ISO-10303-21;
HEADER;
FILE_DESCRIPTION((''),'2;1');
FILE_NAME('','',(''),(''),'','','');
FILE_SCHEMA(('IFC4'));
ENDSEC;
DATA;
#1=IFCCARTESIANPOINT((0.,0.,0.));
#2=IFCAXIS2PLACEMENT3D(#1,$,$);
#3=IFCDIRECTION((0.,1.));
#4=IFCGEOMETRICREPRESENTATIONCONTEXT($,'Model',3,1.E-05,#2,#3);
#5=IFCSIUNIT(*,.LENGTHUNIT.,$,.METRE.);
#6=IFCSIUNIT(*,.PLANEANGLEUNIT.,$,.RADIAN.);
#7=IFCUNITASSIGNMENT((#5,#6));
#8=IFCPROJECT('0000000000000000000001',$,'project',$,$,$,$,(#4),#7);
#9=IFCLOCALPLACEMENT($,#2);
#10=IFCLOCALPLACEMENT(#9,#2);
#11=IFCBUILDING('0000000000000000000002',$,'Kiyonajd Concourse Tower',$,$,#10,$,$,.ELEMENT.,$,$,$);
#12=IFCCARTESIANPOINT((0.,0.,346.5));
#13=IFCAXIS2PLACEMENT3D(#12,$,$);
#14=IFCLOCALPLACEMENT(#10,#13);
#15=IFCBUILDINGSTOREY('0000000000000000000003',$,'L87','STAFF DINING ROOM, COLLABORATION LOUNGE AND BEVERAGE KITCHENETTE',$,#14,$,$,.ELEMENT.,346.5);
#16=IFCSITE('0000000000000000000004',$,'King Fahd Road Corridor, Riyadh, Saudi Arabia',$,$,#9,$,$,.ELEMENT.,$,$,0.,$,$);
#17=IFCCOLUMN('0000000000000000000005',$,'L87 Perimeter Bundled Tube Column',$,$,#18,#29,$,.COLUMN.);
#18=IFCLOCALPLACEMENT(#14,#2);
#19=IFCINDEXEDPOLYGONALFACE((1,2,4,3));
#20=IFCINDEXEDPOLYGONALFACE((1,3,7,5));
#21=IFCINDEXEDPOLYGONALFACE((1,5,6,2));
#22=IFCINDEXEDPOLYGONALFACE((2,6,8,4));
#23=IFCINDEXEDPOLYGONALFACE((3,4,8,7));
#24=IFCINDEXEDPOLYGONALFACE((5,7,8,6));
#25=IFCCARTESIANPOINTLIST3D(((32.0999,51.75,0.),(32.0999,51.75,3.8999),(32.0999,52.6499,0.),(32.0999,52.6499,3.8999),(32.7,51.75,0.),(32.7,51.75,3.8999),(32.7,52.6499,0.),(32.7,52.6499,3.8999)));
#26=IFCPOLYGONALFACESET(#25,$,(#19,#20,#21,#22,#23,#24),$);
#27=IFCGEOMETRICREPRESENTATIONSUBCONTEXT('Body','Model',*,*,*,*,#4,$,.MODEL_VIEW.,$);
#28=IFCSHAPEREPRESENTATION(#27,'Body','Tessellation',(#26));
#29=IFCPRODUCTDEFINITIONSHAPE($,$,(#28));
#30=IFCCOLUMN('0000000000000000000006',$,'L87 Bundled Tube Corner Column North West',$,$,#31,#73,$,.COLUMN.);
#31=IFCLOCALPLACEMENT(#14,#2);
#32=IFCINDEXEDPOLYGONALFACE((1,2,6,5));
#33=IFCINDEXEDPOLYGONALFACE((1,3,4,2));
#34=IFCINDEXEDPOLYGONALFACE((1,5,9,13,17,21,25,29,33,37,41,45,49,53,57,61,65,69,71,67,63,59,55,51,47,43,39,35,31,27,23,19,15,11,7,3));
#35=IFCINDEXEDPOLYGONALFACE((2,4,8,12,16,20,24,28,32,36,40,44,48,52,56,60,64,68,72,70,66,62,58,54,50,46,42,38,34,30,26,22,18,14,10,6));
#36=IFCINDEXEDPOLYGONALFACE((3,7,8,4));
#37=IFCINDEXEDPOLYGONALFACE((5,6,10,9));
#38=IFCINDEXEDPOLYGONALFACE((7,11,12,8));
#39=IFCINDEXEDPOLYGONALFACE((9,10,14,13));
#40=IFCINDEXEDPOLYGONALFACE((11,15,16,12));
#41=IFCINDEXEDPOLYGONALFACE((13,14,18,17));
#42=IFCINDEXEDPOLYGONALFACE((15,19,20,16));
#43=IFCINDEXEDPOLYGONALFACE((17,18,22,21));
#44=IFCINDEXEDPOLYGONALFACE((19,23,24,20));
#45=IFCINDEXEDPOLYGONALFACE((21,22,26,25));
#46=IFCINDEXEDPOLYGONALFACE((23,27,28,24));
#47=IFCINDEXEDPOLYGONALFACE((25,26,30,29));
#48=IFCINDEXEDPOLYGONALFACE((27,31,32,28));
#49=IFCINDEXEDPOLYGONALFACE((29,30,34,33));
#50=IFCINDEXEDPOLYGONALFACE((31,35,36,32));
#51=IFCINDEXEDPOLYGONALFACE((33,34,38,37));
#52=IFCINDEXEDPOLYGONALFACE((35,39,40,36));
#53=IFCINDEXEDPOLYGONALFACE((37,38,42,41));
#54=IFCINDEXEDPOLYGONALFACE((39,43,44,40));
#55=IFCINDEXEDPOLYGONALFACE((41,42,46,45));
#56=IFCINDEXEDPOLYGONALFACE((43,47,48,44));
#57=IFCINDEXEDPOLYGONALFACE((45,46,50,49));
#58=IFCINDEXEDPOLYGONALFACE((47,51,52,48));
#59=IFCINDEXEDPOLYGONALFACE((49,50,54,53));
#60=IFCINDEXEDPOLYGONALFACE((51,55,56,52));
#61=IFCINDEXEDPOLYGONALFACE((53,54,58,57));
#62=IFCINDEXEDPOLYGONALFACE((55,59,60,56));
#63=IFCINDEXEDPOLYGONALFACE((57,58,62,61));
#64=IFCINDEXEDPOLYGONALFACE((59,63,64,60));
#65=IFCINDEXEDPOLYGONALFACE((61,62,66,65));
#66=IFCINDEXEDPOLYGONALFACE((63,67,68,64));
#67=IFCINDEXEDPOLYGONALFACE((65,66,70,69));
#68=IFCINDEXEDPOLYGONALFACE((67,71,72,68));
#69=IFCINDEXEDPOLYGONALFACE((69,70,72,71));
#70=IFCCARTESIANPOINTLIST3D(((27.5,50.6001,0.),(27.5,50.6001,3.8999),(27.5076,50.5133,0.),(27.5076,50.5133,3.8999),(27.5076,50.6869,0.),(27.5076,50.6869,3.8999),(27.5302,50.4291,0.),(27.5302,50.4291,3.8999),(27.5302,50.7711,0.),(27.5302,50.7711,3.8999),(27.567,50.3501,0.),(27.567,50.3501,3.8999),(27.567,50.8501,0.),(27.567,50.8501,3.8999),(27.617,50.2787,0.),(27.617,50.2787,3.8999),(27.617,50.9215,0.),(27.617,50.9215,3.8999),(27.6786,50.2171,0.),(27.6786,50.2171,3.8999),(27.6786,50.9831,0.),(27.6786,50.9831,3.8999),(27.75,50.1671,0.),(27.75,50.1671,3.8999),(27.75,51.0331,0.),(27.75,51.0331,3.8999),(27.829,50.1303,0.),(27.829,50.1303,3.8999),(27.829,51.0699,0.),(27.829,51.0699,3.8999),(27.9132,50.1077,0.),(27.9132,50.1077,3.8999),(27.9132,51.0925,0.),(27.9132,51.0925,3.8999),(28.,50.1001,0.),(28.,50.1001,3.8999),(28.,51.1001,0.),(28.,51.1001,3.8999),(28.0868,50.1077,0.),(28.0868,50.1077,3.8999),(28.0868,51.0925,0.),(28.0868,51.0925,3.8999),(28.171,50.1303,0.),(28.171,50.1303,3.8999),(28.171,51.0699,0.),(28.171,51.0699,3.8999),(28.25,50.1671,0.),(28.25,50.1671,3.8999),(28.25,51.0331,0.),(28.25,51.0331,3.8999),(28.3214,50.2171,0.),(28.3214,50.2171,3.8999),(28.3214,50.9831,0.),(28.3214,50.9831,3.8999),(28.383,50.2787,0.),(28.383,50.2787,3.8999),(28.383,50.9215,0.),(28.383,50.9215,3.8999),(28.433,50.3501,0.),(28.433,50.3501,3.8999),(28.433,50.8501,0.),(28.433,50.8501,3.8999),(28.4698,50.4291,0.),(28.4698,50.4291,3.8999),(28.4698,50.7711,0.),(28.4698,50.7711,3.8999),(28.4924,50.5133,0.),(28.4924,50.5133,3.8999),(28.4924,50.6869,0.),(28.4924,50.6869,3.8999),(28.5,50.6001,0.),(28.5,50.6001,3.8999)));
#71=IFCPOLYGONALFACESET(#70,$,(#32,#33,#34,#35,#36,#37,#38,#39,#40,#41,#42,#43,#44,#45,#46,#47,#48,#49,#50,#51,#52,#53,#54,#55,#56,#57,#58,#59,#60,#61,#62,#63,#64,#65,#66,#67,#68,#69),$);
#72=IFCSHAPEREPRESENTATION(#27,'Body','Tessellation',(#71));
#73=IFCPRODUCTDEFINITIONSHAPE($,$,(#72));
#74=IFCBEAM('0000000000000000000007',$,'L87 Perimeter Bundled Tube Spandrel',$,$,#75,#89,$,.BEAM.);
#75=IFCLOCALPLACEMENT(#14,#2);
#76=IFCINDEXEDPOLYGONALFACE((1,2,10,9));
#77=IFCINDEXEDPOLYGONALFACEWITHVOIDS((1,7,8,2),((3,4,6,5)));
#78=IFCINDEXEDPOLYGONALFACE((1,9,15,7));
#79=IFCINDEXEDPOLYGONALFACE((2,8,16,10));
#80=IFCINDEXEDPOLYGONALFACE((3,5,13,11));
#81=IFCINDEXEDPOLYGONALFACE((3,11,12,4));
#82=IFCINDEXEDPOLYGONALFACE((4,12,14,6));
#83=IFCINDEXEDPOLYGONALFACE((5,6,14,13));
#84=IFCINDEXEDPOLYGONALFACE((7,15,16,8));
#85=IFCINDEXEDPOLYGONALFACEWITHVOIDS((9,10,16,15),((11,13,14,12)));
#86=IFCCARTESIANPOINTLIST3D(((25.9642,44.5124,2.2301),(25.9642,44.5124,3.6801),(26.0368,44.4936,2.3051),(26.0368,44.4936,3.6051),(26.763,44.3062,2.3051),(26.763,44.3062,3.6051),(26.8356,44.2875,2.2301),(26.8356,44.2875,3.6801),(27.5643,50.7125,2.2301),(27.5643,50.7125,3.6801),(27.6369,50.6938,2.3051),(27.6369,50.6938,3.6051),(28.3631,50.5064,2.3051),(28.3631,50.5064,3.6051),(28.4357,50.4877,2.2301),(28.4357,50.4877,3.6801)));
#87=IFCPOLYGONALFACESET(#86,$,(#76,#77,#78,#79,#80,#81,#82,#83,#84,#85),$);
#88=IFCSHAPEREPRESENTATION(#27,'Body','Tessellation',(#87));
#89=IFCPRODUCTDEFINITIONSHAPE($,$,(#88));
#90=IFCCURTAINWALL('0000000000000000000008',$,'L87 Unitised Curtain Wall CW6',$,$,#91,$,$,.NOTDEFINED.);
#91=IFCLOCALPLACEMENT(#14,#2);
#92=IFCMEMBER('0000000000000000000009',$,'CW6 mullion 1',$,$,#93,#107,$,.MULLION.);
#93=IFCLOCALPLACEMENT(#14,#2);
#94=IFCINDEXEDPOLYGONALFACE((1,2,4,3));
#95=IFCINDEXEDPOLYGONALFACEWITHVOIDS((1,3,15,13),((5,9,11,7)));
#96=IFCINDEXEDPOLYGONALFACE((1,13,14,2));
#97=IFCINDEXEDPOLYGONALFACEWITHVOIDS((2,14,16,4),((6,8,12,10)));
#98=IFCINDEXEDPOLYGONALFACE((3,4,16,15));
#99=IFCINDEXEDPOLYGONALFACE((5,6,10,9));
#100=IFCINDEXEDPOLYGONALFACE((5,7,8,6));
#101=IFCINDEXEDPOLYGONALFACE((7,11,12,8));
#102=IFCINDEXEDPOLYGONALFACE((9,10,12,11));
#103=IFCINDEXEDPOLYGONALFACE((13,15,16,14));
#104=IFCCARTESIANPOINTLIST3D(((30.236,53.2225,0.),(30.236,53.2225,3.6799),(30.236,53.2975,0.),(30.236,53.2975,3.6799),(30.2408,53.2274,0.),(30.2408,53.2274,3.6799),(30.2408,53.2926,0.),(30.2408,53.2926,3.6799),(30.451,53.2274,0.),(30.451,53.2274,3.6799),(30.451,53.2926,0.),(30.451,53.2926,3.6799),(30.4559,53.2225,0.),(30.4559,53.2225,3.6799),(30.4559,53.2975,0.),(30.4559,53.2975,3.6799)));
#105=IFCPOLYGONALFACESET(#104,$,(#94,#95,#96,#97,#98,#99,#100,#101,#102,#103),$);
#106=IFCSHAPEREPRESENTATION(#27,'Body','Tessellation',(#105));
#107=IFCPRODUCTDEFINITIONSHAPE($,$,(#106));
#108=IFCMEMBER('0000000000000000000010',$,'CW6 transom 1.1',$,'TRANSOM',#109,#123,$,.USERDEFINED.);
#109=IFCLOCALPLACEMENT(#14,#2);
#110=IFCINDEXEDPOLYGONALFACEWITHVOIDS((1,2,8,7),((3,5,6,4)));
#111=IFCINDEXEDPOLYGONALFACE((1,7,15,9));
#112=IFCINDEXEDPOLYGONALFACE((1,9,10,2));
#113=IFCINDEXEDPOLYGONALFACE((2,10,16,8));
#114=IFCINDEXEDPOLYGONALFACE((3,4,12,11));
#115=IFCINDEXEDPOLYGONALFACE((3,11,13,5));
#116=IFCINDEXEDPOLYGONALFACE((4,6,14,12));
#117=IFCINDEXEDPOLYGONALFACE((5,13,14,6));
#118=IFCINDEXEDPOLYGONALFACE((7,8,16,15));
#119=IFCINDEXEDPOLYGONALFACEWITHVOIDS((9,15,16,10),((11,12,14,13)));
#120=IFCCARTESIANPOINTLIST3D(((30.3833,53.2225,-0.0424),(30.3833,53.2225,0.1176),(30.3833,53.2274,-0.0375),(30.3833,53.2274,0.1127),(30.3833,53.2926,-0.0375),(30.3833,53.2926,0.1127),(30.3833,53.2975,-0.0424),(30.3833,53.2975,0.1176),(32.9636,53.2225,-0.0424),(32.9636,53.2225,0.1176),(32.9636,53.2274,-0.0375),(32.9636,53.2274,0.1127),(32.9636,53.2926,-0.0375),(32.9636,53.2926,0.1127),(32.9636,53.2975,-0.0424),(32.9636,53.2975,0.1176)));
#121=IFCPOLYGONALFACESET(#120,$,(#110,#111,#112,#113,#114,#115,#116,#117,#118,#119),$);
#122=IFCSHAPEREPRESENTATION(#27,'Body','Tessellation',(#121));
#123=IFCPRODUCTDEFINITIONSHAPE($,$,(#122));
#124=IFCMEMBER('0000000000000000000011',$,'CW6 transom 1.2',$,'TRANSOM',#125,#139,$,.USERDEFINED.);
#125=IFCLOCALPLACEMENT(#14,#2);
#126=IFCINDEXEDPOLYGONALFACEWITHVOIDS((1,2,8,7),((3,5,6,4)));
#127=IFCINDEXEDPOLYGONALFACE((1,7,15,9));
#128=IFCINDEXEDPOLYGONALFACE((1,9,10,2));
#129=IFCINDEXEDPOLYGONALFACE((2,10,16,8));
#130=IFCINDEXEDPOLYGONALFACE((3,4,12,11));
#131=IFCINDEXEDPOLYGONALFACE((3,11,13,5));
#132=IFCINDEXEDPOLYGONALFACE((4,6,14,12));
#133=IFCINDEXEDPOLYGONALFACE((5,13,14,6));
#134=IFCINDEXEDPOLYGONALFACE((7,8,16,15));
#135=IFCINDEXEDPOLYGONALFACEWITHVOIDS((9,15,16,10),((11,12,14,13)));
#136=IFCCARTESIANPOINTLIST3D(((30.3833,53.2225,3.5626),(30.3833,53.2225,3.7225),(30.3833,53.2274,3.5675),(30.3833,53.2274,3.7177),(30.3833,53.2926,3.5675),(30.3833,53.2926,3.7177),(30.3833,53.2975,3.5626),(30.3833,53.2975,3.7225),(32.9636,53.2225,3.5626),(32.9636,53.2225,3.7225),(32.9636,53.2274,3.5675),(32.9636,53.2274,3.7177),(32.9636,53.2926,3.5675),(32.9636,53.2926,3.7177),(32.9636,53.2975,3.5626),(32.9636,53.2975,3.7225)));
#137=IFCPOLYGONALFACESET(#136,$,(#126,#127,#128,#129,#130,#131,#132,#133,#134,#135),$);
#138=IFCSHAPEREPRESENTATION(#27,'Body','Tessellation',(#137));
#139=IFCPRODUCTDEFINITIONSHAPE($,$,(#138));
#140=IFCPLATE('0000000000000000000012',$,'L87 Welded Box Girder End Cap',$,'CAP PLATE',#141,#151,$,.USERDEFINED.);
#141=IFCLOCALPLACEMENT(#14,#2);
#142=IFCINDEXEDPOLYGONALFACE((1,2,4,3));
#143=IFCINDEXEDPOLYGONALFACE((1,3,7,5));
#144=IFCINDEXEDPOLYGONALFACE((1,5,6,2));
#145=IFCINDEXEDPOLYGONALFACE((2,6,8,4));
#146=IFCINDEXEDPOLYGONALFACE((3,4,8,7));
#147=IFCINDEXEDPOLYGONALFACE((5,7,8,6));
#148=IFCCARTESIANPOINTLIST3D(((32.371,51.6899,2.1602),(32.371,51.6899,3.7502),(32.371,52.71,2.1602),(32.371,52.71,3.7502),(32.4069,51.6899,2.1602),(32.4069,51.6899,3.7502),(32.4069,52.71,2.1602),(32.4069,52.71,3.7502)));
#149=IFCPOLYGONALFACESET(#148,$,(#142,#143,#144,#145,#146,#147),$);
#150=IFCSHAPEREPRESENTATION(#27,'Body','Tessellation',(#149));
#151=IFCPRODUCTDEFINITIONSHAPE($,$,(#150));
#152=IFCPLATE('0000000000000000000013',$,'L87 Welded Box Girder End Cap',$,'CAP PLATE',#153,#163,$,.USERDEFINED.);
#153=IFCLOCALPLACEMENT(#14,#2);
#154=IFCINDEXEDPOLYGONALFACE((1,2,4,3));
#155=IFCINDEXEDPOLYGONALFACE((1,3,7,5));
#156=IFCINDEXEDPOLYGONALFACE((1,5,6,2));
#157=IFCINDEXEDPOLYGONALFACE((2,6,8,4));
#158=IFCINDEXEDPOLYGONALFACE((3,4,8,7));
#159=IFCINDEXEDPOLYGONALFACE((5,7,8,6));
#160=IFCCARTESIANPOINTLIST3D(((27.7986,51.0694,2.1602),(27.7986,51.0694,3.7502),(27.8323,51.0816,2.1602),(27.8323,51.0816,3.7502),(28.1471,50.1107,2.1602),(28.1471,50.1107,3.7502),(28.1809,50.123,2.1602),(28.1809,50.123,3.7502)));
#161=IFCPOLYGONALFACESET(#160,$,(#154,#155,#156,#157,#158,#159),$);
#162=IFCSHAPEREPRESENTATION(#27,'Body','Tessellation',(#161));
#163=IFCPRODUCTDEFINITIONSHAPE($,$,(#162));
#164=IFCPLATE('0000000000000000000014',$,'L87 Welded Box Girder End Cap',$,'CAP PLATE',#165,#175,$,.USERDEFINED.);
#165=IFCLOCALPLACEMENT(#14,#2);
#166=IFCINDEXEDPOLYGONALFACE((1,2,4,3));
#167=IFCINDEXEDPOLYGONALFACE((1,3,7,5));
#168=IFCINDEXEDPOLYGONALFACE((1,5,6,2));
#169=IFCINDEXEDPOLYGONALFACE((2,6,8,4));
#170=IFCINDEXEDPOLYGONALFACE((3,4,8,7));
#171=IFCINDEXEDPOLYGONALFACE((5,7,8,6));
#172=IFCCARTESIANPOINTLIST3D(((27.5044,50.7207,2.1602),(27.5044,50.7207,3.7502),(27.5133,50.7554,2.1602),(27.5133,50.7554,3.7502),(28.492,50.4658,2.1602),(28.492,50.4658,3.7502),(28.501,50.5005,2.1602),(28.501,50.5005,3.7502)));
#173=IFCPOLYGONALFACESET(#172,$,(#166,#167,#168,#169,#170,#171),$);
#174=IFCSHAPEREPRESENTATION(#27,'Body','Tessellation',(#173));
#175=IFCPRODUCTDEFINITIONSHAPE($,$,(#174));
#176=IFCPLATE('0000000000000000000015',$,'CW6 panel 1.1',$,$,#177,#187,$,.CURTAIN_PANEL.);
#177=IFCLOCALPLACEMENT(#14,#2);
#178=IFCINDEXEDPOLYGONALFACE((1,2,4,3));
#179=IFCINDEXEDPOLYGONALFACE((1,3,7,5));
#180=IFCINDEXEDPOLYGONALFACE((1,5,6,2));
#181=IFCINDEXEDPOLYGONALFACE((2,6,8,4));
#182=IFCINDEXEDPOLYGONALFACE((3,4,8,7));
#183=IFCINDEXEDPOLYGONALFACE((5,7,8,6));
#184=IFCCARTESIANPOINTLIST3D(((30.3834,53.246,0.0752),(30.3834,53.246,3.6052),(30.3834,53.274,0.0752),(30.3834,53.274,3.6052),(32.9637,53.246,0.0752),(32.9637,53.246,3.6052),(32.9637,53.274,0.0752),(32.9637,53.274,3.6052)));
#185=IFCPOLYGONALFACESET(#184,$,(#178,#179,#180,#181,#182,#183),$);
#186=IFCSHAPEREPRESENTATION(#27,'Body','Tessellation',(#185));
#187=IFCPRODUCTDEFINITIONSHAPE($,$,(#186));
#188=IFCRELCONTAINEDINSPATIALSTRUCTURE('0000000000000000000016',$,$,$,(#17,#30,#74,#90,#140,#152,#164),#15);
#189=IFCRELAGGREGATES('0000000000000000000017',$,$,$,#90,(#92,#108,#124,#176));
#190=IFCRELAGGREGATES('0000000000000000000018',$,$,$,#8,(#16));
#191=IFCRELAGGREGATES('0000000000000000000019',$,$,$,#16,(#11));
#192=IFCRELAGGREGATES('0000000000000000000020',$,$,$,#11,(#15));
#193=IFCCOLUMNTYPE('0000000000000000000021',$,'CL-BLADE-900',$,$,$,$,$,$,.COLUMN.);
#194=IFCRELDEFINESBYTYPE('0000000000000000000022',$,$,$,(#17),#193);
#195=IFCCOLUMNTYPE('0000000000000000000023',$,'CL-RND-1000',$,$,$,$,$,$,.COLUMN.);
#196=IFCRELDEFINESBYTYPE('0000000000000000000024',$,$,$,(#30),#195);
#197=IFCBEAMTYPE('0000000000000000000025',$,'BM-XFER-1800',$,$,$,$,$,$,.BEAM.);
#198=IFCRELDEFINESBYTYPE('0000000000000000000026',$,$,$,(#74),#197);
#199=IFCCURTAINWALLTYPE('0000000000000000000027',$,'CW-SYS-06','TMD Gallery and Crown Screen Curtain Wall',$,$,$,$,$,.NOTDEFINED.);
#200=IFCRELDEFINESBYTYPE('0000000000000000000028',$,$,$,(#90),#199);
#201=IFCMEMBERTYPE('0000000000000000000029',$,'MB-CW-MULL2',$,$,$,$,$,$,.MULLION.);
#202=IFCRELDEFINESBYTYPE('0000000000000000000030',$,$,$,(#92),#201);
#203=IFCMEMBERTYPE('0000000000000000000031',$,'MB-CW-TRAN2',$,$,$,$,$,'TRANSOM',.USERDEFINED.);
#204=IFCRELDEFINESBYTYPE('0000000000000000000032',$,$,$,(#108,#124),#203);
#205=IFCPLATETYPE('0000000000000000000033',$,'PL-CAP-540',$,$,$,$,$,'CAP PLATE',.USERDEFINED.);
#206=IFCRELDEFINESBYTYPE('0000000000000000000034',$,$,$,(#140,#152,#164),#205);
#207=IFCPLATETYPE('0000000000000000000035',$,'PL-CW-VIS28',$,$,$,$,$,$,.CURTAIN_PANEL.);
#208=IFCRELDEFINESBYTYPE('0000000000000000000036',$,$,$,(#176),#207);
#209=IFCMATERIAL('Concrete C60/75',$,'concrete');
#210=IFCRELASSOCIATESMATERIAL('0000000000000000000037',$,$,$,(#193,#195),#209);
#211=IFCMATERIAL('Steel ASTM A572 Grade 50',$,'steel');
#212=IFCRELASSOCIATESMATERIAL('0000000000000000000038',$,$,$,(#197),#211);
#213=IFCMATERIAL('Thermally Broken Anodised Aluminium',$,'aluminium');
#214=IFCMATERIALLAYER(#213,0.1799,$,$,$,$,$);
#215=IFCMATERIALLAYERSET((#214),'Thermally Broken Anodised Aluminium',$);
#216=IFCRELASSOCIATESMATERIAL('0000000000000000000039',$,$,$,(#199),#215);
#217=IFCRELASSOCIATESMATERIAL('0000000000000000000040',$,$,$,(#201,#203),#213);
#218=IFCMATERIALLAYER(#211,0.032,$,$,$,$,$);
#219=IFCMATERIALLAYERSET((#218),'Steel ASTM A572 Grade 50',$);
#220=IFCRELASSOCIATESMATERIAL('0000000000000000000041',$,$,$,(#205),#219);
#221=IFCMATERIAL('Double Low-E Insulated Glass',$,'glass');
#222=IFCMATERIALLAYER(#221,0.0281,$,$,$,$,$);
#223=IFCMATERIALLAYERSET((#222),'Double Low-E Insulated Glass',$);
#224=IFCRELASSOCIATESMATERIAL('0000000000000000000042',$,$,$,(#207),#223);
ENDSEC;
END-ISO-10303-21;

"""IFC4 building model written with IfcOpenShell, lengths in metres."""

from ifc_helpers import new_model, si_unit, direction, frame, origin, origin_2d, place, context, subcontext, project, spatial, rectangle, hollow_rectangle, circle, extrude, material, layer, layer_set, material_profile, profile_set, type_object, element, aggregate, save


model = new_model("IFC4")

# Units and contexts
model_context = context("Model", 3, precision=1e-05, world=origin(), true_north=direction((0.0, 1.0)))
body_context = subcontext(model_context, "Body", "Model", "MODEL_VIEW")
ifc_project = project(units=[si_unit("LENGTHUNIT", "METRE"), si_unit("PLANEANGLEUNIT", "RADIAN")], contexts=[model_context])

# Site, building, storey
site_placement = place(None, origin())
site = spatial("IfcSite", under=ifc_project, at=site_placement, Name="King Fahd Road Corridor, Riyadh, Saudi Arabia", CompositionType="ELEMENT", RefElevation=0.0)
building_placement = place(site_placement, origin())
building = spatial("IfcBuilding", under=site, at=building_placement, Name="Kiyonajd Concourse Tower", CompositionType="ELEMENT")
storey_placement = place(building_placement, frame((0.0, 0.0, 346.5)))
storey = spatial("IfcBuildingStorey", under=building, at=storey_placement, Name="L87", Description="STAFF DINING ROOM, COLLABORATION LOUNGE AND BEVERAGE KITCHENETTE", CompositionType="ELEMENT", Elevation=346.5)

# Columns
ifc_material_1 = material(Name="Concrete C60/75", Category="concrete")
ifc_material_profile_1 = material_profile(ifc_material_1, rectangle(XDim=0.6001, YDim=0.8999, at=origin_2d()), Name="RC-900x600")
ifc_profile_set_1 = profile_set([ifc_material_profile_1], Name="Concrete C60/75")
column_type_1 = type_object("IfcColumnType", Name="CL-BLADE-900", PredefinedType="COLUMN", material=ifc_profile_set_1)
column_1_placement = place(storey_placement, frame((32.3999, 52.2, 0.0), z_axis=(0.0, 0.0, 1.0), x_axis=(1.0, 0.0, 0.0)))
element("IfcColumn", 1, at=column_1_placement, inside=storey, type_object=column_type_1, Name="L87 Perimeter Bundled Tube Column", PredefinedType="COLUMN", context=body_context, shape_type="SweptSolid", body=[
    extrude(rectangle(XDim=0.6001, YDim=0.8999, at=origin_2d()), origin(), (0.0, 0.0, 1.0), 3.8999),
])
ifc_material_profile_2 = material_profile(ifc_material_1, circle(Radius=0.5, at=origin_2d()), Name="RCC-D1000")
ifc_profile_set_2 = profile_set([ifc_material_profile_2], Name="Concrete C60/75")
column_type_2 = type_object("IfcColumnType", Name="CL-RND-1000", PredefinedType="COLUMN", material=ifc_profile_set_2)
column_2_placement = place(storey_placement, frame((28.0, 50.6001, 0.0), z_axis=(0.0, 0.0, 1.0), x_axis=(1.0, 0.0, 0.0)))
element("IfcColumn", 2, at=column_2_placement, inside=storey, type_object=column_type_2, Name="L87 Bundled Tube Corner Column North West", PredefinedType="COLUMN", context=body_context, shape_type="SweptSolid", body=[
    extrude(circle(Radius=0.5, at=origin_2d()), origin(), (0.0, 0.0, 1.0), 3.8999),
])

# Beam
ifc_material_2 = material(Name="Steel ASTM A572 Grade 50", Category="steel")
ifc_material_profile_3 = material_profile(ifc_material_2, hollow_rectangle(XDim=0.8999, YDim=1.45, WallThickness=0.075, at=origin_2d()), Name="BOX-1450x900x75")
ifc_profile_set_3 = profile_set([ifc_material_profile_3], Name="Steel ASTM A572 Grade 50")
beam_type = type_object("IfcBeamType", Name="BM-XFER-1800", PredefinedType="BEAM", material=ifc_profile_set_3)
beam_placement = place(storey_placement, frame((28.0, 50.6001, 2.9551), z_axis=(-0.249885, -0.968276, 0.0), x_axis=(0.968276, -0.249885, 0.0)))
element("IfcBeam", 3, at=beam_placement, inside=storey, type_object=beam_type, Name="L87 Perimeter Bundled Tube Spandrel", PredefinedType="BEAM", context=body_context, shape_type="SweptSolid", body=[
    extrude(hollow_rectangle(XDim=0.8999, YDim=1.45, WallThickness=0.075, at=origin_2d()), origin(), (0.0, 0.0, 1.0), 6.4033),
])

# Curtain wall, members
ifc_material_3 = material(Name="Thermally Broken Anodised Aluminium", Category="aluminium")
ifc_layer_1 = layer(ifc_material_3, 0.1799)
ifc_layer_set_1 = layer_set([ifc_layer_1], Name="Thermally Broken Anodised Aluminium")
curtain_wall_type = type_object("IfcCurtainWallType", Name="CW-SYS-06", Description="TMD Gallery and Crown Screen Curtain Wall", PredefinedType="NOTDEFINED", material=ifc_layer_set_1)
curtain_wall_placement = place(storey_placement, origin())
curtain_wall = element("IfcCurtainWall", 4, at=curtain_wall_placement, inside=storey, type_object=curtain_wall_type, Name="L87 Unitised Curtain Wall CW6", PredefinedType="NOTDEFINED")
ifc_material_profile_4 = material_profile(ifc_material_3, hollow_rectangle(XDim=0.075, YDim=0.22, WallThickness=0.0049, at=origin_2d()), Name="MULL-75x220")
ifc_profile_set_4 = profile_set([ifc_material_profile_4], Name="Thermally Broken Anodised Aluminium")
member_type_1 = type_object("IfcMemberType", Name="MB-CW-MULL2", PredefinedType="MULLION", material=ifc_profile_set_4)
member_1_placement = place(storey_placement, frame((30.3459, 53.26, 0.0), z_axis=(0.0, 0.0, 1.0), x_axis=(0.0, 1.0, 0.0)))
member_1 = element("IfcMember", 5, at=member_1_placement, type_object=member_type_1, Name="CW6 mullion 1", PredefinedType="MULLION", context=body_context, shape_type="SweptSolid", body=[
    extrude(hollow_rectangle(XDim=0.075, YDim=0.22, WallThickness=0.0049, at=origin_2d()), origin(), (0.0, 0.0, 1.0), 3.6799),
])
ifc_material_profile_5 = material_profile(ifc_material_3, hollow_rectangle(XDim=0.075, YDim=0.1599, WallThickness=0.0049, at=origin_2d()), Name="TRAN-75x160")
ifc_profile_set_5 = profile_set([ifc_material_profile_5], Name="Thermally Broken Anodised Aluminium")
member_type_2 = type_object("IfcMemberType", Name="MB-CW-TRAN2", ElementType="TRANSOM", PredefinedType="USERDEFINED", material=ifc_profile_set_5)
member_2_placement = place(storey_placement, frame((30.3833, 53.26, 0.0376), z_axis=(1.0, 0.0, 0.0), x_axis=(0.0, 1.0, 0.0)))
member_2 = element("IfcMember", 6, at=member_2_placement, type_object=member_type_2, Name="CW6 transom 1.1", ObjectType="TRANSOM", PredefinedType="USERDEFINED", context=body_context, shape_type="SweptSolid", body=[
    extrude(hollow_rectangle(XDim=0.075, YDim=0.1599, WallThickness=0.0049, at=origin_2d()), origin(), (0.0, 0.0, 1.0), 2.5803),
])
member_3_placement = place(storey_placement, frame((30.3833, 53.26, 3.6426), z_axis=(1.0, 0.0, 0.0), x_axis=(0.0, 1.0, 0.0)))
member_3 = element("IfcMember", 7, at=member_3_placement, type_object=member_type_2, Name="CW6 transom 1.2", ObjectType="TRANSOM", PredefinedType="USERDEFINED", context=body_context, shape_type="SweptSolid", body=[
    extrude(hollow_rectangle(XDim=0.075, YDim=0.1599, WallThickness=0.0049, at=origin_2d()), origin(), (0.0, 0.0, 1.0), 2.5803),
])

# Plates
ifc_layer_2 = layer(ifc_material_2, 0.032)
ifc_layer_set_2 = layer_set([ifc_layer_2], Name="Steel ASTM A572 Grade 50")
plate_type_1 = type_object("IfcPlateType", Name="PL-CAP-540", ElementType="CAP PLATE", PredefinedType="USERDEFINED", material=ifc_layer_set_2)
for number, where, z_axis, x_axis, name in (
    (8, (32.3889, 52.2, 2.1602), (0.0, 0.0, 1.0), (-1.0, 0.0, 0.0), "L87 Welded Box Girder End Cap"),
    (9, (27.9897, 50.5962, 2.1602), (0.0, 0.0, 1.0), (-0.939812, -0.341692, 0.0), "L87 Welded Box Girder End Cap"),
    (10, (28.0027, 50.6106, 2.1602), (0.0, 0.0, 1.0), (0.249873, 0.968279, 0.0), "L87 Welded Box Girder End Cap"),
):
    element("IfcPlate", number, at=place(storey_placement, frame(where, z_axis=z_axis, x_axis=x_axis)), inside=storey, type_object=plate_type_1, Name=name, ObjectType="CAP PLATE", PredefinedType="USERDEFINED", context=body_context, shape_type="SweptSolid", body=[
        extrude(rectangle(XDim=0.0359, YDim=1.02, at=origin_2d()), origin(), (0.0, 0.0, 1.0), 1.5901),
    ])

# Plate
ifc_material_4 = material(Name="Double Low-E Insulated Glass", Category="glass")
ifc_layer_3 = layer(ifc_material_4, 0.0281)
ifc_layer_set_3 = layer_set([ifc_layer_3], Name="Double Low-E Insulated Glass")
plate_type_2 = type_object("IfcPlateType", Name="PL-CW-VIS28", PredefinedType="CURTAIN_PANEL", material=ifc_layer_set_3)
plate_1_placement = place(storey_placement, frame((31.6736, 53.26, 0.0752), z_axis=(0.0, 0.0, 1.0), x_axis=(1.0, 0.0, 0.0)))
plate_1 = element("IfcPlate", 11, at=plate_1_placement, type_object=plate_type_2, Name="CW6 panel 1.1", PredefinedType="CURTAIN_PANEL", context=body_context, shape_type="SweptSolid", body=[
    extrude(rectangle(XDim=2.5803, YDim=0.0281, at=origin_2d()), origin(), (0.0, 0.0, 1.0), 3.53),
])
aggregate(curtain_wall, [member_1, member_2, member_3, plate_1])

save(model, "model.ifc")
